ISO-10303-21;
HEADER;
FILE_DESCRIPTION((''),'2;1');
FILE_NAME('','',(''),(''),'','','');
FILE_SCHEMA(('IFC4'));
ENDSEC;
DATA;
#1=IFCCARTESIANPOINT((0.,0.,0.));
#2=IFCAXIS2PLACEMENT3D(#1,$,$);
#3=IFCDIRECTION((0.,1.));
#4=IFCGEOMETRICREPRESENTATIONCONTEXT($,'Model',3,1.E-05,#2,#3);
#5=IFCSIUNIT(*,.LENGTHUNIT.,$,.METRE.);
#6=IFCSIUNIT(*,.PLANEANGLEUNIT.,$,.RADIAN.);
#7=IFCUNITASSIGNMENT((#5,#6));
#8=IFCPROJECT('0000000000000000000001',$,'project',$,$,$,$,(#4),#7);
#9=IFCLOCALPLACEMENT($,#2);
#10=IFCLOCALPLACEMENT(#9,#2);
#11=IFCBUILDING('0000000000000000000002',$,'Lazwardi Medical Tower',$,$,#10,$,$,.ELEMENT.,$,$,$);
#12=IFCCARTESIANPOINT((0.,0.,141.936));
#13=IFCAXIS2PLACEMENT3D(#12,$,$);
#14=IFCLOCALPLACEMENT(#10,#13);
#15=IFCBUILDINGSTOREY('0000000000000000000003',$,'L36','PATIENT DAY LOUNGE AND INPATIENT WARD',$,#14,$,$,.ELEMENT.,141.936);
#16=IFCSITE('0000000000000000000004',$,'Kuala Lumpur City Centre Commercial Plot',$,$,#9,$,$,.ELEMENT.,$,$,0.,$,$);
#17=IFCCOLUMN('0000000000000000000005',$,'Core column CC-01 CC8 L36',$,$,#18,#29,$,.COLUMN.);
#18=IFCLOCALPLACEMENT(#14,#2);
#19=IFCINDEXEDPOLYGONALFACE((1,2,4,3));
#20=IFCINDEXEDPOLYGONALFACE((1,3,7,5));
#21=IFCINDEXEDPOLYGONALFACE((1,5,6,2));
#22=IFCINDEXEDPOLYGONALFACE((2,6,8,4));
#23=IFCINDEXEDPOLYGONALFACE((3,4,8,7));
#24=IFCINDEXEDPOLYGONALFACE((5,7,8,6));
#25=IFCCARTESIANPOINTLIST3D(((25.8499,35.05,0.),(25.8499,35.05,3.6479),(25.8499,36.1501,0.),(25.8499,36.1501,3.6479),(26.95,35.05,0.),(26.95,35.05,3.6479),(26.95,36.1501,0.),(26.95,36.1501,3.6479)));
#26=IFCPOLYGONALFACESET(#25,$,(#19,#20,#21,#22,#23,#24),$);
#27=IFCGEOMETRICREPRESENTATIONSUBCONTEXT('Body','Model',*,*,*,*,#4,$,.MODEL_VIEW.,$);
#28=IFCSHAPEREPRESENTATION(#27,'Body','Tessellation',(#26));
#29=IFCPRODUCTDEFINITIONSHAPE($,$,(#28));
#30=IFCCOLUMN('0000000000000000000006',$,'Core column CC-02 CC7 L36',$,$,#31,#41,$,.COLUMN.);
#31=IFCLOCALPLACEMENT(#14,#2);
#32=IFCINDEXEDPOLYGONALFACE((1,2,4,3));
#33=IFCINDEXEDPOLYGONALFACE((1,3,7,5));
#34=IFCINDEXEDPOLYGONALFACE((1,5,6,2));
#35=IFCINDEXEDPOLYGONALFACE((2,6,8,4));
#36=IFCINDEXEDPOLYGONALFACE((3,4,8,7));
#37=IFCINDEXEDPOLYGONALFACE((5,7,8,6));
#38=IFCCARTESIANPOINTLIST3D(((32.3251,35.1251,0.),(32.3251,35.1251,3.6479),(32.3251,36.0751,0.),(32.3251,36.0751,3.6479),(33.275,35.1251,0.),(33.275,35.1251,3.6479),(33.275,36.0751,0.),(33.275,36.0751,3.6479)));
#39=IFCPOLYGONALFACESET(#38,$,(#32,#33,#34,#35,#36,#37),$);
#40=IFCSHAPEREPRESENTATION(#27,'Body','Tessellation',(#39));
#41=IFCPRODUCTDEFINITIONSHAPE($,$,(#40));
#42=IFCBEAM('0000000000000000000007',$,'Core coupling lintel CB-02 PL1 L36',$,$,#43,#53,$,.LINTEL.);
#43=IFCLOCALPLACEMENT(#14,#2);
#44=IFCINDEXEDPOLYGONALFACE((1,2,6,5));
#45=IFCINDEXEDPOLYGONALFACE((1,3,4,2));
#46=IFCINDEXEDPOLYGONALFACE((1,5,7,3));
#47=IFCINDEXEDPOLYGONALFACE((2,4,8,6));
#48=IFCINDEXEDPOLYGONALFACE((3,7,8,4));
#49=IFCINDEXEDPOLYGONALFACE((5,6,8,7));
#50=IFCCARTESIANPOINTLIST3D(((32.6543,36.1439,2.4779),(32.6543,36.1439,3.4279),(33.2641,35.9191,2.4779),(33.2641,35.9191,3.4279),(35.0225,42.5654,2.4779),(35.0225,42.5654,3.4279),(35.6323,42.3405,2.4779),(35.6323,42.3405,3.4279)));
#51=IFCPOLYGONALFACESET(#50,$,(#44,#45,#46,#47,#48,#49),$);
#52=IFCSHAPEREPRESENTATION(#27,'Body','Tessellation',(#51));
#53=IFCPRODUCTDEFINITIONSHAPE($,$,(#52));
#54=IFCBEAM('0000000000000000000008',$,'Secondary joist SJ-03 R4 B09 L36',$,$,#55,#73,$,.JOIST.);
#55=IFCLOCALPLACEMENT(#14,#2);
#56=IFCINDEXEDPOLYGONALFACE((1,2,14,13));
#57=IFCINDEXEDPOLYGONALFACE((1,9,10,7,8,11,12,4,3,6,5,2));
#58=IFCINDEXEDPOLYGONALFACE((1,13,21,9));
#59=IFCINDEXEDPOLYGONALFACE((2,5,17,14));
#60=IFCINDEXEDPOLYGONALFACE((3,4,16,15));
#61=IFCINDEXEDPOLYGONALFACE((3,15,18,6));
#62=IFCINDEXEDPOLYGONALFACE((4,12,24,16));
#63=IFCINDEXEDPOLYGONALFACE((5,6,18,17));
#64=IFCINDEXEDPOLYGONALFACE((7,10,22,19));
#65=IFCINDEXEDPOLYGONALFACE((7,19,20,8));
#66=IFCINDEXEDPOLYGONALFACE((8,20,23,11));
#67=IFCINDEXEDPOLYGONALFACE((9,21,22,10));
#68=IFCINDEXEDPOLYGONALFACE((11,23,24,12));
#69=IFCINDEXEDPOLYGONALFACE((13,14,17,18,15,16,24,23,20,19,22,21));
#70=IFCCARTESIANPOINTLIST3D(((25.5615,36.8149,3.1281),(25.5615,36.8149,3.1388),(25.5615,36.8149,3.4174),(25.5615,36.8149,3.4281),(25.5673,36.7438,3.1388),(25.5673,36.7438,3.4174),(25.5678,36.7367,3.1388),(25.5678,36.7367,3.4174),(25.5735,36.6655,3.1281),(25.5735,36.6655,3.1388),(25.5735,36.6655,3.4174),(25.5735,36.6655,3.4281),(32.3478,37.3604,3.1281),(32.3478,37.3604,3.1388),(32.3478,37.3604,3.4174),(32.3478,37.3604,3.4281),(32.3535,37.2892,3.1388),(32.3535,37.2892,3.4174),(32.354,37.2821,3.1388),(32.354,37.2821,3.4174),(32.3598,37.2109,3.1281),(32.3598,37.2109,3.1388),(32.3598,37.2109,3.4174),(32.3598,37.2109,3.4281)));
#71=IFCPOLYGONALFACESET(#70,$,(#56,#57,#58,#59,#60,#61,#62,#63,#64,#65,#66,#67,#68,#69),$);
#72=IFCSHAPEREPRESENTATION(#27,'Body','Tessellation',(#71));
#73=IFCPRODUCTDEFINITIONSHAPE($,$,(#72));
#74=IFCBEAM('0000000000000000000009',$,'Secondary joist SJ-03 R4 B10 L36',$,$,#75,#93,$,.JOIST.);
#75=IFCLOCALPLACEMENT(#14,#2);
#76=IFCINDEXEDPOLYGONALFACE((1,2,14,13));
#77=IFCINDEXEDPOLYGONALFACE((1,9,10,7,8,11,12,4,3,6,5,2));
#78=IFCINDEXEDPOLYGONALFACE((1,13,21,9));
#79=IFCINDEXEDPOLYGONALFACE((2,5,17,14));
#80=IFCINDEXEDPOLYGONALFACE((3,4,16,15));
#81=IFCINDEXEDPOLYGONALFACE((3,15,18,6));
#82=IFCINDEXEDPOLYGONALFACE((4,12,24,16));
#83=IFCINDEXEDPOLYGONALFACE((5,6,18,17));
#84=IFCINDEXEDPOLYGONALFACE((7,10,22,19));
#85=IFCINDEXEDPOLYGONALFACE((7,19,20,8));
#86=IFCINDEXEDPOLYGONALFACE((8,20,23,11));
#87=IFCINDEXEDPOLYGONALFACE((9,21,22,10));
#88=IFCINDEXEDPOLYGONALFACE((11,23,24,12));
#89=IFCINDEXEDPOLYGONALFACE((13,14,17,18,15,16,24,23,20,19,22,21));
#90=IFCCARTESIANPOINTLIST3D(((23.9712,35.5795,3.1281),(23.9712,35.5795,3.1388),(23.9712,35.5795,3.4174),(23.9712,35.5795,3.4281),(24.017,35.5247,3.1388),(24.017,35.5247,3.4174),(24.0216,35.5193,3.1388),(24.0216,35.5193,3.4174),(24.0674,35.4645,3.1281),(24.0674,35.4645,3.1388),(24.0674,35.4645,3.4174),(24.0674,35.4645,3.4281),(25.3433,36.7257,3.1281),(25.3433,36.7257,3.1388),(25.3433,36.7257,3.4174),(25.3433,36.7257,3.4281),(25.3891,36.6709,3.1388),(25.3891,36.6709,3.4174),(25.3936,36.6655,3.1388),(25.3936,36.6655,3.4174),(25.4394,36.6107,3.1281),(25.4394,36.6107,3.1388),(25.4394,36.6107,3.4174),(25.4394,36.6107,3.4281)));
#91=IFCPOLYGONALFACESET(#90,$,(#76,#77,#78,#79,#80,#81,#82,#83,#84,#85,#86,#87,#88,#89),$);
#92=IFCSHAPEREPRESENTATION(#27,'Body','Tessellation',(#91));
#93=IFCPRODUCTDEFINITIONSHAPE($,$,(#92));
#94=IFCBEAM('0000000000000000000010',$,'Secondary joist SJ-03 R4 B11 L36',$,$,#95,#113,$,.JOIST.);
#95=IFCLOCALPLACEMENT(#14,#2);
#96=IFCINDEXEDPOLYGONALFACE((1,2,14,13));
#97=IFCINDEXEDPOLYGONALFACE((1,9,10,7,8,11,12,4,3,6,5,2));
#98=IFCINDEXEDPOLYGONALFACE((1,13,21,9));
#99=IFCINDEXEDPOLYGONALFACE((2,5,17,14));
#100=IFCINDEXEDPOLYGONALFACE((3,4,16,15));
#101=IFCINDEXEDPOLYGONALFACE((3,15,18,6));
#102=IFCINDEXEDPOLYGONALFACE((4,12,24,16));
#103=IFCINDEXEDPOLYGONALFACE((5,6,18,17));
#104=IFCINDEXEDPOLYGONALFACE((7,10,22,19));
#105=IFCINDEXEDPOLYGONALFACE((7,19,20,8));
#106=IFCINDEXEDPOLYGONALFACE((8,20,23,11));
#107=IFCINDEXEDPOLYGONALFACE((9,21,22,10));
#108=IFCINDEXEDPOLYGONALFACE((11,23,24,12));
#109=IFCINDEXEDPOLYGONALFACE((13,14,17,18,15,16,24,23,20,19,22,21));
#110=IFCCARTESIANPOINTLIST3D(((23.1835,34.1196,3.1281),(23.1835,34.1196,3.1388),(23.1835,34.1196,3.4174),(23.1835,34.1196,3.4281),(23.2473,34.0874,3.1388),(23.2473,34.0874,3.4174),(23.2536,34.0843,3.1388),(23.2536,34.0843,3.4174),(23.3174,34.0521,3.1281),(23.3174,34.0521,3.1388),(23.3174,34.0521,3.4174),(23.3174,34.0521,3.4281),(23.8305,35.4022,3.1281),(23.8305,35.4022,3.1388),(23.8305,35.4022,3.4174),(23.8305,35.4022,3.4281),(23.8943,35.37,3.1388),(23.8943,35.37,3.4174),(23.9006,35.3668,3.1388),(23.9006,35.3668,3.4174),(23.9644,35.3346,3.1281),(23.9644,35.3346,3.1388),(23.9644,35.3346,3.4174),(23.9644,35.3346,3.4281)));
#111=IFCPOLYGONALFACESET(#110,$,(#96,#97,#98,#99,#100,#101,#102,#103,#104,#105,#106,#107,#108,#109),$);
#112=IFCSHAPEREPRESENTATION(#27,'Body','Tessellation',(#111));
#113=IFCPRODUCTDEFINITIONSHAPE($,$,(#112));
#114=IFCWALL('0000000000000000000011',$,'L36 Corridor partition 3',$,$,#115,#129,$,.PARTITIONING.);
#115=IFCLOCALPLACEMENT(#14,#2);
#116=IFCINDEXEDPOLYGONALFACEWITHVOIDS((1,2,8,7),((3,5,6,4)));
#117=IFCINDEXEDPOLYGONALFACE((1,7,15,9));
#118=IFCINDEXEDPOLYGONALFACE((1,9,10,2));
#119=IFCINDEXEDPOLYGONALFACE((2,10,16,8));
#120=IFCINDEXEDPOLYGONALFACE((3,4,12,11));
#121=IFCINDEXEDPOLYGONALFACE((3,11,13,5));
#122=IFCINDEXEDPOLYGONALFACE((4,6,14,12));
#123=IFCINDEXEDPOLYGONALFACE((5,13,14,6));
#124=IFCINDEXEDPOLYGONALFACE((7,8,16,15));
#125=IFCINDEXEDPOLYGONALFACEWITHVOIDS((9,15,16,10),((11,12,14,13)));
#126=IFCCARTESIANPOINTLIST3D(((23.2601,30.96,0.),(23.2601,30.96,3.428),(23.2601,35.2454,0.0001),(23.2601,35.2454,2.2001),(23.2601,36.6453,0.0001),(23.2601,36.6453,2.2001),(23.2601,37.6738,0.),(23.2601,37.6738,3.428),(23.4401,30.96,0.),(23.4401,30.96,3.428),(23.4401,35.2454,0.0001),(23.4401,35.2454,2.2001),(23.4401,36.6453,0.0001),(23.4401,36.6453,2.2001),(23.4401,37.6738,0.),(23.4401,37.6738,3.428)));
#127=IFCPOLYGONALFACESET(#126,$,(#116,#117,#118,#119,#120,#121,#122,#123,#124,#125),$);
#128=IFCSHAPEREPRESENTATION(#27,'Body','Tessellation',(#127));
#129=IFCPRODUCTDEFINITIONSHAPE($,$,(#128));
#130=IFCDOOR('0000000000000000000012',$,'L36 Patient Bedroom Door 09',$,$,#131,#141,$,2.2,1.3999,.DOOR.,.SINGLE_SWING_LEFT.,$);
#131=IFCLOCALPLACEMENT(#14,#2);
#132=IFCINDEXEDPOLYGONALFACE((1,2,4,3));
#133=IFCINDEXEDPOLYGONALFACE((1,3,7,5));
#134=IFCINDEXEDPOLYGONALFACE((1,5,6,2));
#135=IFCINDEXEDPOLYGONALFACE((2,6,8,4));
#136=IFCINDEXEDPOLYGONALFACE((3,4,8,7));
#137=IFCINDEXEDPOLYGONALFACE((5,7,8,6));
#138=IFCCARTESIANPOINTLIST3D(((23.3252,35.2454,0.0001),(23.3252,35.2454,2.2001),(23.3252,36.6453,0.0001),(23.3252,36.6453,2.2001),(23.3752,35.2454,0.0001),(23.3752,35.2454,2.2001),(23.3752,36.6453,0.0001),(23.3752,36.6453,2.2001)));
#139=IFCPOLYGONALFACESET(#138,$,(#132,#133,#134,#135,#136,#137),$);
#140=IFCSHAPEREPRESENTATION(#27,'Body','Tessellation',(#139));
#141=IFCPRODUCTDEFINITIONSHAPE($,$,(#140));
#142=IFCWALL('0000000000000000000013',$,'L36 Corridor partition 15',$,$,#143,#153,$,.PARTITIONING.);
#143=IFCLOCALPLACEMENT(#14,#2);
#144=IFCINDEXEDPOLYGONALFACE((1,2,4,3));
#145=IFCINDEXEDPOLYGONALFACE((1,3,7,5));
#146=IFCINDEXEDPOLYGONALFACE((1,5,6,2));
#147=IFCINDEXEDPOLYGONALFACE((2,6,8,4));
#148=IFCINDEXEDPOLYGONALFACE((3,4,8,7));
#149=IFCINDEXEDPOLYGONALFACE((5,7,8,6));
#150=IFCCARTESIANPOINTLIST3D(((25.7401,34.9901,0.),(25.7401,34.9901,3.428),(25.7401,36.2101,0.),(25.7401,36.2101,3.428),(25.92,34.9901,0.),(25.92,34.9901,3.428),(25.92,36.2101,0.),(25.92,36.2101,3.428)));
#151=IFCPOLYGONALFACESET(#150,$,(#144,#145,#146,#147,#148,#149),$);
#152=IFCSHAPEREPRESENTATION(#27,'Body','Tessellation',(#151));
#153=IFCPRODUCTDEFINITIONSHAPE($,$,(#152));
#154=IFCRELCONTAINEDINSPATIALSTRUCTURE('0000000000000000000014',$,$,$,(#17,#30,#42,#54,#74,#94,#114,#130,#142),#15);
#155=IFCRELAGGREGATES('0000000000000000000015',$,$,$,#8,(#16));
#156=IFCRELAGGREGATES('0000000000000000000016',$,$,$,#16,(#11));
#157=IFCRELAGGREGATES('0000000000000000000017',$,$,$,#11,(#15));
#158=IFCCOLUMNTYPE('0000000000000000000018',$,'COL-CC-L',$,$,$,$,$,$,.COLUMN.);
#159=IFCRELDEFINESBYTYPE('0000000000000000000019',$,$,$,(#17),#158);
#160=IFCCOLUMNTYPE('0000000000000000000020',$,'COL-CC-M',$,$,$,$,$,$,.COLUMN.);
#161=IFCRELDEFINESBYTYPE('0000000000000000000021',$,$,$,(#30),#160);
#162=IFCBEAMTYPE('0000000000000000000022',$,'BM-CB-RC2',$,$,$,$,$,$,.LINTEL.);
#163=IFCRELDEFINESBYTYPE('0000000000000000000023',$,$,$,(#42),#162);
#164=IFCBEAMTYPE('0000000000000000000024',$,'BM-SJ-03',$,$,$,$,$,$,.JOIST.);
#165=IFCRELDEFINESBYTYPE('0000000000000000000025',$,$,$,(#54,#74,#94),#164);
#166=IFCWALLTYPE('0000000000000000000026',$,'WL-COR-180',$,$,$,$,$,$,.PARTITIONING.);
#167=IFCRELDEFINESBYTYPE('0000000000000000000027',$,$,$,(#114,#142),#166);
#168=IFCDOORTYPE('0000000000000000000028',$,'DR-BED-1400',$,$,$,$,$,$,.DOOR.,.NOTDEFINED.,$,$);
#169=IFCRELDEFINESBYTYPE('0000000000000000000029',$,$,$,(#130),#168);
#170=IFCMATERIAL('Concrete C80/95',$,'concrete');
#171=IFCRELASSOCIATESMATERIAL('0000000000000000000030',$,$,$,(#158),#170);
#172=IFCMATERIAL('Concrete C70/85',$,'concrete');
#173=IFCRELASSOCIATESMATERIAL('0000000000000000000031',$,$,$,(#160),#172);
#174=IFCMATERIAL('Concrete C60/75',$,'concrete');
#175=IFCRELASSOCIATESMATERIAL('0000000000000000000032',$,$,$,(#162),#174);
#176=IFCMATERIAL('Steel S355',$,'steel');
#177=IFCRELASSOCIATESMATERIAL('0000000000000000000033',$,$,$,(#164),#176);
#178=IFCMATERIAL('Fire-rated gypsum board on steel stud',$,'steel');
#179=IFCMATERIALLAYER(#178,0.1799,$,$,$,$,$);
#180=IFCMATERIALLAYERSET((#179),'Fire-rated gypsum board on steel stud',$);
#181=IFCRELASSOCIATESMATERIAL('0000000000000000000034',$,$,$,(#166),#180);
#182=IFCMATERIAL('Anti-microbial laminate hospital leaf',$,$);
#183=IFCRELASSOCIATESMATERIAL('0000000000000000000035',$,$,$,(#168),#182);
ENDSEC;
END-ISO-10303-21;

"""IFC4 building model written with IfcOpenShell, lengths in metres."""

from ifc_helpers import new_model, si_unit, direction, frame, frame_2d, origin, origin_2d, place, context, subcontext, project, spatial, rectangle, i_section, extrude, material, layer, layer_set, material_profile, profile_set, type_object, element, fill, save


model = new_model("IFC4")

# Units and contexts
model_context = context("Model", 3, precision=1e-05, world=origin(), true_north=direction((0.0, 1.0)))
body_context = subcontext(model_context, "Body", "Model", "MODEL_VIEW")
ifc_project = project(units=[si_unit("LENGTHUNIT", "METRE"), si_unit("PLANEANGLEUNIT", "RADIAN")], contexts=[model_context])

# Site, building, storey
site_placement = place(None, origin())
site = spatial("IfcSite", under=ifc_project, at=site_placement, Name="Kuala Lumpur City Centre Commercial Plot", CompositionType="ELEMENT", RefElevation=0.0)
building_placement = place(site_placement, origin())
building = spatial("IfcBuilding", under=site, at=building_placement, Name="Lazwardi Medical Tower", CompositionType="ELEMENT")
storey_placement = place(building_placement, frame((0.0, 0.0, 141.936)))
storey = spatial("IfcBuildingStorey", under=building, at=storey_placement, Name="L36", Description="PATIENT DAY LOUNGE AND INPATIENT WARD", CompositionType="ELEMENT", Elevation=141.936)

# Columns
ifc_material_1 = material(Name="Concrete C80/95", Category="concrete")
ifc_material_profile_1 = material_profile(ifc_material_1, rectangle(XDim=1.1001, YDim=1.1001, at=origin_2d()), Name="RC 1100x1100")
ifc_profile_set_1 = profile_set([ifc_material_profile_1], Name="Concrete C80/95")
column_type_1 = type_object("IfcColumnType", Name="COL-CC-L", PredefinedType="COLUMN", material=ifc_profile_set_1)
column_1_placement = place(storey_placement, frame((26.3999, 35.6001, 0.0), z_axis=(0.0, 0.0, 1.0), x_axis=(1.0, 0.0, 0.0)))
element("IfcColumn", 1, at=column_1_placement, inside=storey, type_object=column_type_1, Name="Core column CC-01 CC8 L36", PredefinedType="COLUMN", context=body_context, shape_type="SweptSolid", body=[
    extrude(rectangle(XDim=1.1001, YDim=1.1001, at=origin_2d()), origin(), (0.0, 0.0, 1.0), 3.6479),
])
ifc_material_2 = material(Name="Concrete C70/85", Category="concrete")
ifc_material_profile_2 = material_profile(ifc_material_2, rectangle(XDim=0.95, YDim=0.95, at=origin_2d()), Name="RC 950x950")
ifc_profile_set_2 = profile_set([ifc_material_profile_2], Name="Concrete C70/85")
column_type_2 = type_object("IfcColumnType", Name="COL-CC-M", PredefinedType="COLUMN", material=ifc_profile_set_2)
column_2_placement = place(storey_placement, frame((32.8, 35.6001, 0.0), z_axis=(0.0, 0.0, 1.0), x_axis=(1.0, 0.0, 0.0)))
element("IfcColumn", 2, at=column_2_placement, inside=storey, type_object=column_type_2, Name="Core column CC-02 CC7 L36", PredefinedType="COLUMN", context=body_context, shape_type="SweptSolid", body=[
    extrude(rectangle(XDim=0.95, YDim=0.95, at=origin_2d()), origin(), (0.0, 0.0, 1.0), 3.6479),
])

# Beams
ifc_material_3 = material(Name="Concrete C60/75", Category="concrete")
ifc_material_profile_3 = material_profile(ifc_material_3, rectangle(XDim=0.6499, YDim=0.95, at=origin_2d()), Name="RC 650x950")
ifc_profile_set_3 = profile_set([ifc_material_profile_3], Name="Concrete C60/75")
beam_type_1 = type_object("IfcBeamType", Name="BM-CB-RC2", PredefinedType="LINTEL", material=ifc_profile_set_3)
beam_1_placement = place(storey_placement, frame((32.9592, 36.0315, 2.9529), z_axis=(0.346013, 0.93823, 0.0), x_axis=(-0.93823, 0.346013, 0.0)))
element("IfcBeam", 3, at=beam_1_placement, inside=storey, type_object=beam_type_1, Name="Core coupling lintel CB-02 PL1 L36", PredefinedType="LINTEL", context=body_context, shape_type="SweptSolid", body=[
    extrude(rectangle(XDim=0.6499, YDim=0.95, at=origin_2d()), origin(), (0.0, 0.0, 1.0), 6.8442),
])
ifc_material_4 = material(Name="Steel S355", Category="steel")
ifc_material_profile_4 = material_profile(ifc_material_4, i_section(OverallWidth=0.1499, OverallDepth=0.3, WebThickness=0.0071, FlangeThickness=0.0107, at=origin_2d()), Name="IPE 300")
ifc_profile_set_4 = profile_set([ifc_material_profile_4], Name="Steel S355")
beam_type_2 = type_object("IfcBeamType", Name="BM-SJ-03", PredefinedType="JOIST", material=ifc_profile_set_4)
beam_2_placement = place(storey_placement, frame((32.3538, 37.2856, 3.2781), z_axis=(-0.996786, -0.080113, 0.0), x_axis=(0.080113, -0.996786, 0.0)))
element("IfcBeam", 4, at=beam_2_placement, inside=storey, type_object=beam_type_2, Name="Secondary joist SJ-03 R4 B09 L36", PredefinedType="JOIST", context=body_context, shape_type="SweptSolid", body=[
    extrude(i_section(OverallWidth=0.1499, OverallDepth=0.3, WebThickness=0.0071, FlangeThickness=0.0107, at=origin_2d()), origin(), (0.0, 0.0, 1.0), 6.8081),
])
beam_3_placement = place(storey_placement, frame((25.3914, 36.6682, 3.2781), z_axis=(-0.767437, -0.641124, 0.0), x_axis=(0.641124, -0.767437, 0.0)))
element("IfcBeam", 5, at=beam_3_placement, inside=storey, type_object=beam_type_2, Name="Secondary joist SJ-03 R4 B10 L36", PredefinedType="JOIST", context=body_context, shape_type="SweptSolid", body=[
    extrude(i_section(OverallWidth=0.1499, OverallDepth=0.3, WebThickness=0.0071, FlangeThickness=0.0107, at=origin_2d()), origin(), (0.0, 0.0, 1.0), 1.7878),
])
beam_4_placement = place(storey_placement, frame((23.8975, 35.3684, 3.2781), z_axis=(-0.450406, -0.892824, 0.0), x_axis=(0.892824, -0.450406, 0.0)))
element("IfcBeam", 6, at=beam_4_placement, inside=storey, type_object=beam_type_2, Name="Secondary joist SJ-03 R4 B11 L36", PredefinedType="JOIST", context=body_context, shape_type="SweptSolid", body=[
    extrude(i_section(OverallWidth=0.1499, OverallDepth=0.3, WebThickness=0.0071, FlangeThickness=0.0107, at=origin_2d()), origin(), (0.0, 0.0, 1.0), 1.4365),
])

# Wall, opening, door
ifc_material_5 = material(Name="Fire-rated gypsum board on steel stud", Category="steel")
ifc_layer_1 = layer(ifc_material_5, 0.1799)
ifc_layer_set_1 = layer_set([ifc_layer_1], Name="Fire-rated gypsum board on steel stud")
wall_type_1 = type_object("IfcWallType", Name="WL-COR-180", PredefinedType="PARTITIONING", material=ifc_layer_set_1)
wall_1_placement = place(storey_placement, frame((23.3501, 30.96, 0.0), z_axis=(0.0, 0.0, 1.0), x_axis=(0.0, 1.0, 0.0)))
wall_1 = element("IfcWall", 7, at=wall_1_placement, inside=storey, type_object=wall_type_1, Name="L36 Corridor partition 3", PredefinedType="PARTITIONING", context=body_context, shape_type="SweptSolid", body=[
    extrude(rectangle(XDim=6.7139, YDim=0.1799, at=frame_2d((3.3569, 0.0))), origin(), (0.0, 0.0, 1.0), 3.428),
])
opening_1_placement = place(wall_1_placement, frame((4.2854, 0.0, 0.0)))
opening_1 = element("IfcOpeningElement", 8, at=opening_1_placement, cuts=wall_1, PredefinedType="OPENING", context=body_context, shape_type="SweptSolid", body=[
    extrude(rectangle(XDim=1.3999, YDim=2.2, at=frame_2d((0.7, 1.1001))), frame((0.0, 0.0999, 0.0), z_axis=(0.0, -1.0, 0.0), x_axis=(1.0, 0.0, 0.0)), (0.0, 0.0, 1.0), 0.2),
])
ifc_material_6 = material(Name="Anti-microbial laminate hospital leaf")
door_type_1 = type_object("IfcDoorType", Name="DR-BED-1400", OperationType="NOTDEFINED", PredefinedType="DOOR", material=ifc_material_6)
door_1_placement = place(opening_1_placement, origin())
door_1 = element("IfcDoor", 9, at=door_1_placement, inside=storey, type_object=door_type_1, Name="L36 Patient Bedroom Door 09", OperationType="SINGLE_SWING_LEFT", OverallHeight=2.2, OverallWidth=1.3999, PredefinedType="DOOR", context=body_context, shape_type="SweptSolid", body=[
    extrude(rectangle(XDim=1.3999, YDim=2.2, at=frame_2d((0.7, 1.1001))), frame((0.0, 0.0249, 0.0), z_axis=(0.0, -1.0, 0.0), x_axis=(1.0, 0.0, 0.0)), (0.0, 0.0, 1.0), 0.05),
])
fill(opening_1, door_1)

# Wall
wall_2_placement = place(storey_placement, frame((25.8301, 36.21, 0.0), z_axis=(0.0, 0.0, 1.0), x_axis=(0.0, -1.0, 0.0)))
element("IfcWall", 10, at=wall_2_placement, inside=storey, type_object=wall_type_1, Name="L36 Corridor partition 15", PredefinedType="PARTITIONING", context=body_context, shape_type="SweptSolid", body=[
    extrude(rectangle(XDim=1.22, YDim=0.1799, at=frame_2d((0.6099, 0.0))), origin(), (0.0, 0.0, 1.0), 3.428),
])

save(model, "model.ifc")
